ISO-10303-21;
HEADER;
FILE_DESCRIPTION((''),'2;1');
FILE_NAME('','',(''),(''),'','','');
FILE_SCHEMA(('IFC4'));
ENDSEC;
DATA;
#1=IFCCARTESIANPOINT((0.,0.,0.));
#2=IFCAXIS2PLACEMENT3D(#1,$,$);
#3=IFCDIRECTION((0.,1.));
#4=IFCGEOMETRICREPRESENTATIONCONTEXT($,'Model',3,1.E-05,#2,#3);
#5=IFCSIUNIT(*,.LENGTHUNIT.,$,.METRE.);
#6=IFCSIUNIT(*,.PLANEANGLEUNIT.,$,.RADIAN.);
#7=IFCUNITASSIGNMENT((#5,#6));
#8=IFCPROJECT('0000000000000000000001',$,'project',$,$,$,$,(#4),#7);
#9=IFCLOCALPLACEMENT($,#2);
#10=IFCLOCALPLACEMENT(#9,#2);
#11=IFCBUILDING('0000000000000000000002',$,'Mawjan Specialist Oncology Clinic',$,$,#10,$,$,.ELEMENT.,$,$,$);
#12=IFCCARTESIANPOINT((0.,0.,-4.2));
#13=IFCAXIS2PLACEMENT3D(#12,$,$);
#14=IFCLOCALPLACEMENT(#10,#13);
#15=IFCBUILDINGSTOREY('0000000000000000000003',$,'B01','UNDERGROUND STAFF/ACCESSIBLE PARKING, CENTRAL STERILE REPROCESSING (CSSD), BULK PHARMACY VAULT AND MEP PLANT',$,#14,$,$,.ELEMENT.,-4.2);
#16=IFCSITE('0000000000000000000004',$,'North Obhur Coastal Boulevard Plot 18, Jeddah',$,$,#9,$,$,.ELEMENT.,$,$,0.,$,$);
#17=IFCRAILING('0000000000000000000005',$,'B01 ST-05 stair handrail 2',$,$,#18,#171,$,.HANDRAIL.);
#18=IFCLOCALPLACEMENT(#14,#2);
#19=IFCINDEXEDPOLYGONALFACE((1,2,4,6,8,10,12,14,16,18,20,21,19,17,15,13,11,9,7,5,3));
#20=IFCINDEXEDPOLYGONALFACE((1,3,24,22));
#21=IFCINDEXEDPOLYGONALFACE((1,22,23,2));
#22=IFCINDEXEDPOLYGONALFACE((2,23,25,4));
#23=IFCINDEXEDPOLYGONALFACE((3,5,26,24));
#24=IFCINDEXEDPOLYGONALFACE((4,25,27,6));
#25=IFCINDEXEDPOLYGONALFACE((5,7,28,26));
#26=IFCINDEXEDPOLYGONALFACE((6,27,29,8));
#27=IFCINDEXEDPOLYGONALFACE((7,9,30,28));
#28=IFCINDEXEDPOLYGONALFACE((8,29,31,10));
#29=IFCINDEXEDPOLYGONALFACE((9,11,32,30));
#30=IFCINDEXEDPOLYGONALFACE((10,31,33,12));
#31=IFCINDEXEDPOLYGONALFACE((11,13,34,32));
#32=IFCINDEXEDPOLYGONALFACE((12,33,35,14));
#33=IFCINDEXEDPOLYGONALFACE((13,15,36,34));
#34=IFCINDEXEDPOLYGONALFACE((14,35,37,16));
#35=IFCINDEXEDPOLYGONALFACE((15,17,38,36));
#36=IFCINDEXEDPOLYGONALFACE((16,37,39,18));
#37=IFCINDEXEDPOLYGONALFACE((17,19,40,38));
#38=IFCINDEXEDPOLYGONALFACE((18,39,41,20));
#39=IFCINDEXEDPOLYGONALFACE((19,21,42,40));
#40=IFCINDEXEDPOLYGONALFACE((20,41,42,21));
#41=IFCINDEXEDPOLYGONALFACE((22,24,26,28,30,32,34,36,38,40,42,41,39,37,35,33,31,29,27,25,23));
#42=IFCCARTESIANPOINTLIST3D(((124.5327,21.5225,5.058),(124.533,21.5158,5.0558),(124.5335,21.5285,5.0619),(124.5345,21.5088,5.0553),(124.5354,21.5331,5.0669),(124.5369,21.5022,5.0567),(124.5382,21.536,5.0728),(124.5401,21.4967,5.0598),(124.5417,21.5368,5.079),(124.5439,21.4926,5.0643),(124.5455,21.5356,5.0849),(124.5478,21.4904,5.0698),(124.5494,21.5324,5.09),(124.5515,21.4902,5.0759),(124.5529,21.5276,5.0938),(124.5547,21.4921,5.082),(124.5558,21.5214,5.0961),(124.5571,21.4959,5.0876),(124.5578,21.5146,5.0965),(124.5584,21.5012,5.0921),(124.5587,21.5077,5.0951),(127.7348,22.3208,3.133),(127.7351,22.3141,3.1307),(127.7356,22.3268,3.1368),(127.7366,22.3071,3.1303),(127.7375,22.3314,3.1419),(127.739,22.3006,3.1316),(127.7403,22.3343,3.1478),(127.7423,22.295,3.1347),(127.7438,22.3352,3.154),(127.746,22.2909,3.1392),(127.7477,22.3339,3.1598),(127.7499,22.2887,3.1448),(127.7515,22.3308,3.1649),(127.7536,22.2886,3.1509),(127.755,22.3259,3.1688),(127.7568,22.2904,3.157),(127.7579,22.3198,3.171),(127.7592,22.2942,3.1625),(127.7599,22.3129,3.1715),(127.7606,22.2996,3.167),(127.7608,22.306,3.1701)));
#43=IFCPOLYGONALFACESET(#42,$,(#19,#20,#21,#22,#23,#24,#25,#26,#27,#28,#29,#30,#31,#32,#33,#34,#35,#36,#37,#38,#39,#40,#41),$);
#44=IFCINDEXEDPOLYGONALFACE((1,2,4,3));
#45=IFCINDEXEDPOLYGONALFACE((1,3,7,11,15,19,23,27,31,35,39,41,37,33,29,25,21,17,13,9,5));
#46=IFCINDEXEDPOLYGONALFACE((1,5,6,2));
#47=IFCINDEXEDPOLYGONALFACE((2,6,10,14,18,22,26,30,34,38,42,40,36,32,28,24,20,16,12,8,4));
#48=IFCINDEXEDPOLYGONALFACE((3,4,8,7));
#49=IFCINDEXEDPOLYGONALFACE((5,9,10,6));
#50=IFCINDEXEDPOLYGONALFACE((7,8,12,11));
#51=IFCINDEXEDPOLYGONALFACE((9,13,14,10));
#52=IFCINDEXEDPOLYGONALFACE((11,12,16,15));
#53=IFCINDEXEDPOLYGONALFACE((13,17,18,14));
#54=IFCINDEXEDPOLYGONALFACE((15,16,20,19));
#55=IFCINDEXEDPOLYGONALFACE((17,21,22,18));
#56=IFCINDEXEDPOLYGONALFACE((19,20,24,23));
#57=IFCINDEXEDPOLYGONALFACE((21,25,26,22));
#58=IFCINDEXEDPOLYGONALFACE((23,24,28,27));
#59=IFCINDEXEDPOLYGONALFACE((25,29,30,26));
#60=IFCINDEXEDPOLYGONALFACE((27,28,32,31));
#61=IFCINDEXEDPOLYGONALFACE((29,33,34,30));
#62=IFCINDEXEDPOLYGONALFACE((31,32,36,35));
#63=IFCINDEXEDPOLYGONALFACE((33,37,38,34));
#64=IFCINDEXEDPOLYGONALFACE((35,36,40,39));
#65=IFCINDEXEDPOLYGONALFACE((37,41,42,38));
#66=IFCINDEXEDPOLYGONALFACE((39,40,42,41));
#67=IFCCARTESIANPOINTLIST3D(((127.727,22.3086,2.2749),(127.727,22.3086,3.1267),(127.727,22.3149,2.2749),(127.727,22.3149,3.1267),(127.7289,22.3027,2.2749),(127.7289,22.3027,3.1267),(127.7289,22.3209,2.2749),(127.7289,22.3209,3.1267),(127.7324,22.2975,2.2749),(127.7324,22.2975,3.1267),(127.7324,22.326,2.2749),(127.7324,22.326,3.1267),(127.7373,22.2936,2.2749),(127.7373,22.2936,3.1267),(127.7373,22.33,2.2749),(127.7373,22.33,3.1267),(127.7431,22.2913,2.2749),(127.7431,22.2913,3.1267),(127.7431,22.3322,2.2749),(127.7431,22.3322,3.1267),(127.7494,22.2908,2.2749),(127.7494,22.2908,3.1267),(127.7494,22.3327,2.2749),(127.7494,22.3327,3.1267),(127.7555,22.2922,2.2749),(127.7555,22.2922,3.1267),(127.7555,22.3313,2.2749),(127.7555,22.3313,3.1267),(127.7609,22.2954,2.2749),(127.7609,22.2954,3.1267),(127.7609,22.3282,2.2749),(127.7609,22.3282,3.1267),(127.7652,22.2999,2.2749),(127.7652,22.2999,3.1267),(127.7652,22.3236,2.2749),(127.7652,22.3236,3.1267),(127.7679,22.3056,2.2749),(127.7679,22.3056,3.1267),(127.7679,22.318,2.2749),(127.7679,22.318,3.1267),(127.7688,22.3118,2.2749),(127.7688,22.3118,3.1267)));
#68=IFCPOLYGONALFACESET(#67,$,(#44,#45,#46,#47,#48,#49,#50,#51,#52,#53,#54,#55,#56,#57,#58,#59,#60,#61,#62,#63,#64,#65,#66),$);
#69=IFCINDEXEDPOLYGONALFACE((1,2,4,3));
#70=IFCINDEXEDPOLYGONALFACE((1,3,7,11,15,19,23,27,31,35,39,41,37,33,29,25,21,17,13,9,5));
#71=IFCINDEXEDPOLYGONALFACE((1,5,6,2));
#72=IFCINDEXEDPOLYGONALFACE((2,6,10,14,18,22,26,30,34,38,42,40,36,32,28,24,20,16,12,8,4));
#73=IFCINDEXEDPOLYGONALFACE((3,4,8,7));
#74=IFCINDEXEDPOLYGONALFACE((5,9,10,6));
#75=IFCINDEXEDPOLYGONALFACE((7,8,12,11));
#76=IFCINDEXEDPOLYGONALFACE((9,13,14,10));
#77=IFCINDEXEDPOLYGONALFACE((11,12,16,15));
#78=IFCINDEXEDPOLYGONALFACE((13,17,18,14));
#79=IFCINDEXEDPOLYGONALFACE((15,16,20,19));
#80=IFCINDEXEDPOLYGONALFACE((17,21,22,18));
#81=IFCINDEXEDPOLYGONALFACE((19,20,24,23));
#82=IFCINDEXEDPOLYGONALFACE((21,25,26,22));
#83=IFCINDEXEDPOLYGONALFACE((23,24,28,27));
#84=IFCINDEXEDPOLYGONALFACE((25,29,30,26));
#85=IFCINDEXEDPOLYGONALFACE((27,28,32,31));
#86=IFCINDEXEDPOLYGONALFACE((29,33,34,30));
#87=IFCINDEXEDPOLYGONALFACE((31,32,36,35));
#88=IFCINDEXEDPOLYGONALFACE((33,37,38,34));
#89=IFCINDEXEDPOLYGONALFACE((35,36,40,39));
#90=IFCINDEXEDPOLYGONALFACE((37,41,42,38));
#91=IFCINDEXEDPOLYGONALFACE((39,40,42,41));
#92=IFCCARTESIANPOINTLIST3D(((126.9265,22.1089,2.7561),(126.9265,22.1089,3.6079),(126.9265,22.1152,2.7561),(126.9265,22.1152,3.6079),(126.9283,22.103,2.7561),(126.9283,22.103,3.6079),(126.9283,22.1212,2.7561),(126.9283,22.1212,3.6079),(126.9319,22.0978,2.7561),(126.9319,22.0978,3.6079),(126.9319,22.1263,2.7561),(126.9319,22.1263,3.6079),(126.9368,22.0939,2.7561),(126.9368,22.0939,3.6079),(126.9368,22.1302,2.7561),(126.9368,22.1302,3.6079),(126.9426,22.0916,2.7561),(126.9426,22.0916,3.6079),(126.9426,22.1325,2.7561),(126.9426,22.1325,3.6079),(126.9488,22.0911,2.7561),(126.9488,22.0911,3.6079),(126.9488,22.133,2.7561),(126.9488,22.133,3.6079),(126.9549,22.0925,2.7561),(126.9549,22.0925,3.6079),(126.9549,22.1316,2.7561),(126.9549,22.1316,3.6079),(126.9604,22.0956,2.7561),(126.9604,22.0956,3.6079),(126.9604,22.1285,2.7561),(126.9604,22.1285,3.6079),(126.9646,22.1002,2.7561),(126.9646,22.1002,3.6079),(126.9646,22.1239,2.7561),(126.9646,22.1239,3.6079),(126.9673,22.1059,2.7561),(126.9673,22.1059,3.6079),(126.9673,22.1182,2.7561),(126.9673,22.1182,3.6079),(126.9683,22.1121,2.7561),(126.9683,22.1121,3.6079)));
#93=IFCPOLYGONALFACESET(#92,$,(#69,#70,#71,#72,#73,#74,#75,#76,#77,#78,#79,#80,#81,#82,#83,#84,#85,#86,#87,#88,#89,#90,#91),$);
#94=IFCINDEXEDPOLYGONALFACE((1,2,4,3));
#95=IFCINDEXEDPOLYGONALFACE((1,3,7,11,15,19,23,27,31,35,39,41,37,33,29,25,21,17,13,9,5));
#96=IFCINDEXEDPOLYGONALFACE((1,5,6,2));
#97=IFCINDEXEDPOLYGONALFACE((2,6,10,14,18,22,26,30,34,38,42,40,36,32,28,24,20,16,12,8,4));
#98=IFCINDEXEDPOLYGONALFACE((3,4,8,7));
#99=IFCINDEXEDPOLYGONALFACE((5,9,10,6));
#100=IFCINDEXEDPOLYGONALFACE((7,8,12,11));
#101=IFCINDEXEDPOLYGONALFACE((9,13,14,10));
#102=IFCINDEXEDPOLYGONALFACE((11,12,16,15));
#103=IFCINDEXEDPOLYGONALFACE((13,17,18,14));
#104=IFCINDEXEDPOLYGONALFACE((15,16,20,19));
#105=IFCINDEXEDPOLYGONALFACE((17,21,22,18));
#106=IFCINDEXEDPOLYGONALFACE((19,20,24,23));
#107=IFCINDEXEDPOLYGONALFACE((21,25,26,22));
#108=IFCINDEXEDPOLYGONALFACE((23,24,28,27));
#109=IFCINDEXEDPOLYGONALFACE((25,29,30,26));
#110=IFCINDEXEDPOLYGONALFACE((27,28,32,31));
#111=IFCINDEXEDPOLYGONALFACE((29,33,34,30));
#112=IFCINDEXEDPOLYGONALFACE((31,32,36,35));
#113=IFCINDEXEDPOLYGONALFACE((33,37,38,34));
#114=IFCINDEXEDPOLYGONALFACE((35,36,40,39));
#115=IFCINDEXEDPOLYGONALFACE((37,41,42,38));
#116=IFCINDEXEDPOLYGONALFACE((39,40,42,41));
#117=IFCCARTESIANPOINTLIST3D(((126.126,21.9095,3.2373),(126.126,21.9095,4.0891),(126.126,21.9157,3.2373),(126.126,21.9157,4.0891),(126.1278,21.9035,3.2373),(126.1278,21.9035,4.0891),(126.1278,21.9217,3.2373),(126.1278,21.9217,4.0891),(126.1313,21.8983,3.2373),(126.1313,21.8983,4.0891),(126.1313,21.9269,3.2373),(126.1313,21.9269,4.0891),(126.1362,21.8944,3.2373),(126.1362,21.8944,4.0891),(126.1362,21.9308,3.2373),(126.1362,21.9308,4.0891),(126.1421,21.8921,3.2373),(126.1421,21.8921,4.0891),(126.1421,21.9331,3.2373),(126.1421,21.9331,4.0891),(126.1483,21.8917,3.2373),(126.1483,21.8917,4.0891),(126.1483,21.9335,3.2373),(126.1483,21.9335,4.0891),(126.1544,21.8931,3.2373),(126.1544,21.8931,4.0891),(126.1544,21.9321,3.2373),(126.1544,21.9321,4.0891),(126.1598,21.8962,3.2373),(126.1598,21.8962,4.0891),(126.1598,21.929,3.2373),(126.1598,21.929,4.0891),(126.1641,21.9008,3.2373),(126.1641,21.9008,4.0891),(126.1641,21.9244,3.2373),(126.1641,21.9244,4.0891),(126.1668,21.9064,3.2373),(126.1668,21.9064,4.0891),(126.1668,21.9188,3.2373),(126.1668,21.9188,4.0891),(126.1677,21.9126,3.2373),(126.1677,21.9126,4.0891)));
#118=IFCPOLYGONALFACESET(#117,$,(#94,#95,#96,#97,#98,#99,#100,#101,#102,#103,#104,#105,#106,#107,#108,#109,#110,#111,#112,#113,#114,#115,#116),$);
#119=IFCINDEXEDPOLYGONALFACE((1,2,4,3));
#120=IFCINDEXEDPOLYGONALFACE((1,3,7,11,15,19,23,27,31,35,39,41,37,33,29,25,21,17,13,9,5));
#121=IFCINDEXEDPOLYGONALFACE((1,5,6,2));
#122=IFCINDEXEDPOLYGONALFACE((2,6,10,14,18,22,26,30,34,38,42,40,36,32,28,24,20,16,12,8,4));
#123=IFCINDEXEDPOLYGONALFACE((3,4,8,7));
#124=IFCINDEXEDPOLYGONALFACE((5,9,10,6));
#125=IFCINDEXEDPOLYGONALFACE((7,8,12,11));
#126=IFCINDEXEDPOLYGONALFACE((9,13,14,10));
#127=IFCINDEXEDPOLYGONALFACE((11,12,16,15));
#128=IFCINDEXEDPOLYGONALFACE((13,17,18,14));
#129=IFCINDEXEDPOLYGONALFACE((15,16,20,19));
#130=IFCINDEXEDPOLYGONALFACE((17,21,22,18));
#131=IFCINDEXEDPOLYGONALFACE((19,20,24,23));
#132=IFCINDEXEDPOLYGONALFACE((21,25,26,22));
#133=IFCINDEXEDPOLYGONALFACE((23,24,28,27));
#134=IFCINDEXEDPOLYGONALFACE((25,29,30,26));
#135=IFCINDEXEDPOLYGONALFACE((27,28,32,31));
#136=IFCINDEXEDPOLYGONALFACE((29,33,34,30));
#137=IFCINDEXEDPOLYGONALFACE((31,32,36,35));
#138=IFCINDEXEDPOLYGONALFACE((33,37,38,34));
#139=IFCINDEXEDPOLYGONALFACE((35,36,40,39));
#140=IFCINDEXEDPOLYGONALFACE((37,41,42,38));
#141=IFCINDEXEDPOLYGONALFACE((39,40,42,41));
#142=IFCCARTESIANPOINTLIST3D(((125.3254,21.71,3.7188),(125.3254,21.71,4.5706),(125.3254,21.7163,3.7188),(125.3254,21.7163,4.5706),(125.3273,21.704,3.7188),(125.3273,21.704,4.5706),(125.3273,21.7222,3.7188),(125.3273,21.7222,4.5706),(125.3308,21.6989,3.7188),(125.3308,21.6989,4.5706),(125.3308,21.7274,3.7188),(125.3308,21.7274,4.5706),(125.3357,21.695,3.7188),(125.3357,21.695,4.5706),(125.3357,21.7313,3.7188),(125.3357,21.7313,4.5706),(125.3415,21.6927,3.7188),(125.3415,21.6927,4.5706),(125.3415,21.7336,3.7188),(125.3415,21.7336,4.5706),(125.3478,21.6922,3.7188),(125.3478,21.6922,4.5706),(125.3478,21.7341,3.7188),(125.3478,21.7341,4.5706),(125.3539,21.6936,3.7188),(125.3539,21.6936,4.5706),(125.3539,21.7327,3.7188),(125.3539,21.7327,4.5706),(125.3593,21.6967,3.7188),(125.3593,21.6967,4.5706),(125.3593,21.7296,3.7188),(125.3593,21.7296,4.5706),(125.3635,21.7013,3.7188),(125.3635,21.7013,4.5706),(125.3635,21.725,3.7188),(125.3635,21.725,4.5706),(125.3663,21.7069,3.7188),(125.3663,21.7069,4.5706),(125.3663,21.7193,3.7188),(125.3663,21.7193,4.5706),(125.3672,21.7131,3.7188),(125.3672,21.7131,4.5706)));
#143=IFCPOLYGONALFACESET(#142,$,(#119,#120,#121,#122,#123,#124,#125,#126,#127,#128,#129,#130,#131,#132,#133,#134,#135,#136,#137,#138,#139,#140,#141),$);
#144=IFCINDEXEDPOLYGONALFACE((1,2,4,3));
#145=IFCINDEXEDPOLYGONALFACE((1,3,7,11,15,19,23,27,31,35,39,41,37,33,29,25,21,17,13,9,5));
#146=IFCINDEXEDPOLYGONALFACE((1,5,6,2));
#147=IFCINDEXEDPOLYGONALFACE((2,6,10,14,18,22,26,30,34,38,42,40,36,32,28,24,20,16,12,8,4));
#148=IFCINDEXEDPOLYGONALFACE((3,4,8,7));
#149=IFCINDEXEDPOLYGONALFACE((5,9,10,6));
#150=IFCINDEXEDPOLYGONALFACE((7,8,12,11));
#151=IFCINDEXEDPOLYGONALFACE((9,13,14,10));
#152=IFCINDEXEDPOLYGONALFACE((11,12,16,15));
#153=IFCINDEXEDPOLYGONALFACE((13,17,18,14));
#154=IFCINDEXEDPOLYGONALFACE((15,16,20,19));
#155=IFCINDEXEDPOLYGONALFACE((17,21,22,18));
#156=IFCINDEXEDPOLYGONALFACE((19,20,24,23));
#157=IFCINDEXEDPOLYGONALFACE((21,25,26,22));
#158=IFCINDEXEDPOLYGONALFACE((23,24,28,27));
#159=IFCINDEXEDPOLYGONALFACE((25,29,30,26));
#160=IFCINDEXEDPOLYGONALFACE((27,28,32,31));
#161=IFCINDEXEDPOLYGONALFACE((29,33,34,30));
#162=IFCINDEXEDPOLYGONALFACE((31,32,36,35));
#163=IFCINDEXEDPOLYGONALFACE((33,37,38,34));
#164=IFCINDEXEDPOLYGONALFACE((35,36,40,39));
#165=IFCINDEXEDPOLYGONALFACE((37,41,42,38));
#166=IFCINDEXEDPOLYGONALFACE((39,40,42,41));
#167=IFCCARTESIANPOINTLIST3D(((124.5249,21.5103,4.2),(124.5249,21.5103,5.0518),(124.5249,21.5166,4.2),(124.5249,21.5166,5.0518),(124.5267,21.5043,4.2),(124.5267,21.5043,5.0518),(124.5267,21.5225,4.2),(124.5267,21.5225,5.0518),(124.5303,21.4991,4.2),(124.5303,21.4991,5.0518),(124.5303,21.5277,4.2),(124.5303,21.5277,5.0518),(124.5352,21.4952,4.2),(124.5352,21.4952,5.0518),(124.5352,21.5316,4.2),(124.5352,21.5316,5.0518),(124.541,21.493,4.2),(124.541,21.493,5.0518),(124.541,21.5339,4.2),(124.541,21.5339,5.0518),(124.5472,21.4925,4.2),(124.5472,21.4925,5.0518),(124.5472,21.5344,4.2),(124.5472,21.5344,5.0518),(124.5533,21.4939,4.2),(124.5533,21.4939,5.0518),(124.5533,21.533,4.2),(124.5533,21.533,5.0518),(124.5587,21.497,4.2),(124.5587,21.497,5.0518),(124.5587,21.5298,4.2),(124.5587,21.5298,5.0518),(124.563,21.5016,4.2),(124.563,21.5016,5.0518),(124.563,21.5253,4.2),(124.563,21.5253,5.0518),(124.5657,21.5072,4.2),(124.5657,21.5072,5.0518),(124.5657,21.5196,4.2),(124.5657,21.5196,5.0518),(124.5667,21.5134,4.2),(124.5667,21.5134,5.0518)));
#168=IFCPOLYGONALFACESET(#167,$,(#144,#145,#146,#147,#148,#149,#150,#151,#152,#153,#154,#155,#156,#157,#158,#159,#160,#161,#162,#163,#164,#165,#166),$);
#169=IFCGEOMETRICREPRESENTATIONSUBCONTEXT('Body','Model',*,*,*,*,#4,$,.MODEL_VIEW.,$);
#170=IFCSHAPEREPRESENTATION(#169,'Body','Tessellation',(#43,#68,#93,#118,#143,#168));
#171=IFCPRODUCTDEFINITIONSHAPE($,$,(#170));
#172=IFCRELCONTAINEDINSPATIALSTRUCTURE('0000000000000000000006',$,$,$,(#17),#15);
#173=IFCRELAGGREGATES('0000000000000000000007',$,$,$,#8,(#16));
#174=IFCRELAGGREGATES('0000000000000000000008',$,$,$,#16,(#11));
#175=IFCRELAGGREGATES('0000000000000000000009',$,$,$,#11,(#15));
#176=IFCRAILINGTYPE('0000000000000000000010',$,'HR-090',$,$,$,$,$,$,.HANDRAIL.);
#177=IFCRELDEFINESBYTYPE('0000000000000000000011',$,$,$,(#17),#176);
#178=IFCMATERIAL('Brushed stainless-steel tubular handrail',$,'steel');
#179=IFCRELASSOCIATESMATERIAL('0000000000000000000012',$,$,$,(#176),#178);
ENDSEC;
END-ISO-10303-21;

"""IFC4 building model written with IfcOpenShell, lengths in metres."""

from ifc_helpers import new_model, si_unit, direction, frame, origin, origin_2d, place, context, subcontext, project, spatial, circle, extrude, material, type_object, element, save


model = new_model("IFC4")

# Units and contexts
model_context = context("Model", 3, precision=1e-05, world=origin(), true_north=direction((0.0, 1.0)))
body_context = subcontext(model_context, "Body", "Model", "MODEL_VIEW")
ifc_project = project(units=[si_unit("LENGTHUNIT", "METRE"), si_unit("PLANEANGLEUNIT", "RADIAN")], contexts=[model_context])

# Site, building, storey
site_placement = place(None, origin())
site = spatial("IfcSite", under=ifc_project, at=site_placement, Name="North Obhur Coastal Boulevard Plot 18, Jeddah", CompositionType="ELEMENT", RefElevation=0.0)
building_placement = place(site_placement, origin())
building = spatial("IfcBuilding", under=site, at=building_placement, Name="Mawjan Specialist Oncology Clinic", CompositionType="ELEMENT")
storey_placement = place(building_placement, frame((0.0, 0.0, -4.2)))
storey = spatial("IfcBuildingStorey", under=building, at=storey_placement, Name="B01", Description="UNDERGROUND STAFF/ACCESSIBLE PARKING, CENTRAL STERILE REPROCESSING (CSSD), BULK PHARMACY VAULT AND MEP PLANT", CompositionType="ELEMENT", Elevation=-4.2)

# Railing
ifc_material_1 = material(Name="Brushed stainless-steel tubular handrail", Category="steel")
railing_type_1 = type_object("IfcRailingType", Name="HR-090", PredefinedType="HANDRAIL", material=ifc_material_1)
railing_1_placement = place(storey_placement, frame((127.7478, 22.3118, 2.2749)))
element("IfcRailing", 1, at=railing_1_placement, inside=storey, type_object=railing_type_1, Name="B01 ST-05 stair handrail 2", PredefinedType="HANDRAIL", context=body_context, shape_type="SweptSolid", body=[
    extrude(circle(Radius=0.0239, at=origin_2d()), frame((0.0, 0.0, 0.876), z_axis=(-0.838129, -0.208957, 0.503862), x_axis=(0.241909, -0.970299, 0.0)), (0.0, 0.0, 1.0), 3.8206),
    extrude(circle(Radius=0.021, at=origin_2d()), origin(), (0.0, 0.0, 1.0), 0.8518),
    extrude(circle(Radius=0.021, at=origin_2d()), frame((-0.8005, -0.1997, 0.4812)), (0.0, 0.0, 1.0), 0.8518),
    extrude(circle(Radius=0.021, at=origin_2d()), frame((-1.6011, -0.3992, 0.9624)), (0.0, 0.0, 1.0), 0.8518),
    extrude(circle(Radius=0.021, at=origin_2d()), frame((-2.4016, -0.5986, 1.4438)), (0.0, 0.0, 1.0), 0.8518),
    extrude(circle(Radius=0.021, at=origin_2d()), frame((-3.2021, -0.7983, 1.925)), (0.0, 0.0, 1.0), 0.8518),
])

save(model, "model.ifc")
